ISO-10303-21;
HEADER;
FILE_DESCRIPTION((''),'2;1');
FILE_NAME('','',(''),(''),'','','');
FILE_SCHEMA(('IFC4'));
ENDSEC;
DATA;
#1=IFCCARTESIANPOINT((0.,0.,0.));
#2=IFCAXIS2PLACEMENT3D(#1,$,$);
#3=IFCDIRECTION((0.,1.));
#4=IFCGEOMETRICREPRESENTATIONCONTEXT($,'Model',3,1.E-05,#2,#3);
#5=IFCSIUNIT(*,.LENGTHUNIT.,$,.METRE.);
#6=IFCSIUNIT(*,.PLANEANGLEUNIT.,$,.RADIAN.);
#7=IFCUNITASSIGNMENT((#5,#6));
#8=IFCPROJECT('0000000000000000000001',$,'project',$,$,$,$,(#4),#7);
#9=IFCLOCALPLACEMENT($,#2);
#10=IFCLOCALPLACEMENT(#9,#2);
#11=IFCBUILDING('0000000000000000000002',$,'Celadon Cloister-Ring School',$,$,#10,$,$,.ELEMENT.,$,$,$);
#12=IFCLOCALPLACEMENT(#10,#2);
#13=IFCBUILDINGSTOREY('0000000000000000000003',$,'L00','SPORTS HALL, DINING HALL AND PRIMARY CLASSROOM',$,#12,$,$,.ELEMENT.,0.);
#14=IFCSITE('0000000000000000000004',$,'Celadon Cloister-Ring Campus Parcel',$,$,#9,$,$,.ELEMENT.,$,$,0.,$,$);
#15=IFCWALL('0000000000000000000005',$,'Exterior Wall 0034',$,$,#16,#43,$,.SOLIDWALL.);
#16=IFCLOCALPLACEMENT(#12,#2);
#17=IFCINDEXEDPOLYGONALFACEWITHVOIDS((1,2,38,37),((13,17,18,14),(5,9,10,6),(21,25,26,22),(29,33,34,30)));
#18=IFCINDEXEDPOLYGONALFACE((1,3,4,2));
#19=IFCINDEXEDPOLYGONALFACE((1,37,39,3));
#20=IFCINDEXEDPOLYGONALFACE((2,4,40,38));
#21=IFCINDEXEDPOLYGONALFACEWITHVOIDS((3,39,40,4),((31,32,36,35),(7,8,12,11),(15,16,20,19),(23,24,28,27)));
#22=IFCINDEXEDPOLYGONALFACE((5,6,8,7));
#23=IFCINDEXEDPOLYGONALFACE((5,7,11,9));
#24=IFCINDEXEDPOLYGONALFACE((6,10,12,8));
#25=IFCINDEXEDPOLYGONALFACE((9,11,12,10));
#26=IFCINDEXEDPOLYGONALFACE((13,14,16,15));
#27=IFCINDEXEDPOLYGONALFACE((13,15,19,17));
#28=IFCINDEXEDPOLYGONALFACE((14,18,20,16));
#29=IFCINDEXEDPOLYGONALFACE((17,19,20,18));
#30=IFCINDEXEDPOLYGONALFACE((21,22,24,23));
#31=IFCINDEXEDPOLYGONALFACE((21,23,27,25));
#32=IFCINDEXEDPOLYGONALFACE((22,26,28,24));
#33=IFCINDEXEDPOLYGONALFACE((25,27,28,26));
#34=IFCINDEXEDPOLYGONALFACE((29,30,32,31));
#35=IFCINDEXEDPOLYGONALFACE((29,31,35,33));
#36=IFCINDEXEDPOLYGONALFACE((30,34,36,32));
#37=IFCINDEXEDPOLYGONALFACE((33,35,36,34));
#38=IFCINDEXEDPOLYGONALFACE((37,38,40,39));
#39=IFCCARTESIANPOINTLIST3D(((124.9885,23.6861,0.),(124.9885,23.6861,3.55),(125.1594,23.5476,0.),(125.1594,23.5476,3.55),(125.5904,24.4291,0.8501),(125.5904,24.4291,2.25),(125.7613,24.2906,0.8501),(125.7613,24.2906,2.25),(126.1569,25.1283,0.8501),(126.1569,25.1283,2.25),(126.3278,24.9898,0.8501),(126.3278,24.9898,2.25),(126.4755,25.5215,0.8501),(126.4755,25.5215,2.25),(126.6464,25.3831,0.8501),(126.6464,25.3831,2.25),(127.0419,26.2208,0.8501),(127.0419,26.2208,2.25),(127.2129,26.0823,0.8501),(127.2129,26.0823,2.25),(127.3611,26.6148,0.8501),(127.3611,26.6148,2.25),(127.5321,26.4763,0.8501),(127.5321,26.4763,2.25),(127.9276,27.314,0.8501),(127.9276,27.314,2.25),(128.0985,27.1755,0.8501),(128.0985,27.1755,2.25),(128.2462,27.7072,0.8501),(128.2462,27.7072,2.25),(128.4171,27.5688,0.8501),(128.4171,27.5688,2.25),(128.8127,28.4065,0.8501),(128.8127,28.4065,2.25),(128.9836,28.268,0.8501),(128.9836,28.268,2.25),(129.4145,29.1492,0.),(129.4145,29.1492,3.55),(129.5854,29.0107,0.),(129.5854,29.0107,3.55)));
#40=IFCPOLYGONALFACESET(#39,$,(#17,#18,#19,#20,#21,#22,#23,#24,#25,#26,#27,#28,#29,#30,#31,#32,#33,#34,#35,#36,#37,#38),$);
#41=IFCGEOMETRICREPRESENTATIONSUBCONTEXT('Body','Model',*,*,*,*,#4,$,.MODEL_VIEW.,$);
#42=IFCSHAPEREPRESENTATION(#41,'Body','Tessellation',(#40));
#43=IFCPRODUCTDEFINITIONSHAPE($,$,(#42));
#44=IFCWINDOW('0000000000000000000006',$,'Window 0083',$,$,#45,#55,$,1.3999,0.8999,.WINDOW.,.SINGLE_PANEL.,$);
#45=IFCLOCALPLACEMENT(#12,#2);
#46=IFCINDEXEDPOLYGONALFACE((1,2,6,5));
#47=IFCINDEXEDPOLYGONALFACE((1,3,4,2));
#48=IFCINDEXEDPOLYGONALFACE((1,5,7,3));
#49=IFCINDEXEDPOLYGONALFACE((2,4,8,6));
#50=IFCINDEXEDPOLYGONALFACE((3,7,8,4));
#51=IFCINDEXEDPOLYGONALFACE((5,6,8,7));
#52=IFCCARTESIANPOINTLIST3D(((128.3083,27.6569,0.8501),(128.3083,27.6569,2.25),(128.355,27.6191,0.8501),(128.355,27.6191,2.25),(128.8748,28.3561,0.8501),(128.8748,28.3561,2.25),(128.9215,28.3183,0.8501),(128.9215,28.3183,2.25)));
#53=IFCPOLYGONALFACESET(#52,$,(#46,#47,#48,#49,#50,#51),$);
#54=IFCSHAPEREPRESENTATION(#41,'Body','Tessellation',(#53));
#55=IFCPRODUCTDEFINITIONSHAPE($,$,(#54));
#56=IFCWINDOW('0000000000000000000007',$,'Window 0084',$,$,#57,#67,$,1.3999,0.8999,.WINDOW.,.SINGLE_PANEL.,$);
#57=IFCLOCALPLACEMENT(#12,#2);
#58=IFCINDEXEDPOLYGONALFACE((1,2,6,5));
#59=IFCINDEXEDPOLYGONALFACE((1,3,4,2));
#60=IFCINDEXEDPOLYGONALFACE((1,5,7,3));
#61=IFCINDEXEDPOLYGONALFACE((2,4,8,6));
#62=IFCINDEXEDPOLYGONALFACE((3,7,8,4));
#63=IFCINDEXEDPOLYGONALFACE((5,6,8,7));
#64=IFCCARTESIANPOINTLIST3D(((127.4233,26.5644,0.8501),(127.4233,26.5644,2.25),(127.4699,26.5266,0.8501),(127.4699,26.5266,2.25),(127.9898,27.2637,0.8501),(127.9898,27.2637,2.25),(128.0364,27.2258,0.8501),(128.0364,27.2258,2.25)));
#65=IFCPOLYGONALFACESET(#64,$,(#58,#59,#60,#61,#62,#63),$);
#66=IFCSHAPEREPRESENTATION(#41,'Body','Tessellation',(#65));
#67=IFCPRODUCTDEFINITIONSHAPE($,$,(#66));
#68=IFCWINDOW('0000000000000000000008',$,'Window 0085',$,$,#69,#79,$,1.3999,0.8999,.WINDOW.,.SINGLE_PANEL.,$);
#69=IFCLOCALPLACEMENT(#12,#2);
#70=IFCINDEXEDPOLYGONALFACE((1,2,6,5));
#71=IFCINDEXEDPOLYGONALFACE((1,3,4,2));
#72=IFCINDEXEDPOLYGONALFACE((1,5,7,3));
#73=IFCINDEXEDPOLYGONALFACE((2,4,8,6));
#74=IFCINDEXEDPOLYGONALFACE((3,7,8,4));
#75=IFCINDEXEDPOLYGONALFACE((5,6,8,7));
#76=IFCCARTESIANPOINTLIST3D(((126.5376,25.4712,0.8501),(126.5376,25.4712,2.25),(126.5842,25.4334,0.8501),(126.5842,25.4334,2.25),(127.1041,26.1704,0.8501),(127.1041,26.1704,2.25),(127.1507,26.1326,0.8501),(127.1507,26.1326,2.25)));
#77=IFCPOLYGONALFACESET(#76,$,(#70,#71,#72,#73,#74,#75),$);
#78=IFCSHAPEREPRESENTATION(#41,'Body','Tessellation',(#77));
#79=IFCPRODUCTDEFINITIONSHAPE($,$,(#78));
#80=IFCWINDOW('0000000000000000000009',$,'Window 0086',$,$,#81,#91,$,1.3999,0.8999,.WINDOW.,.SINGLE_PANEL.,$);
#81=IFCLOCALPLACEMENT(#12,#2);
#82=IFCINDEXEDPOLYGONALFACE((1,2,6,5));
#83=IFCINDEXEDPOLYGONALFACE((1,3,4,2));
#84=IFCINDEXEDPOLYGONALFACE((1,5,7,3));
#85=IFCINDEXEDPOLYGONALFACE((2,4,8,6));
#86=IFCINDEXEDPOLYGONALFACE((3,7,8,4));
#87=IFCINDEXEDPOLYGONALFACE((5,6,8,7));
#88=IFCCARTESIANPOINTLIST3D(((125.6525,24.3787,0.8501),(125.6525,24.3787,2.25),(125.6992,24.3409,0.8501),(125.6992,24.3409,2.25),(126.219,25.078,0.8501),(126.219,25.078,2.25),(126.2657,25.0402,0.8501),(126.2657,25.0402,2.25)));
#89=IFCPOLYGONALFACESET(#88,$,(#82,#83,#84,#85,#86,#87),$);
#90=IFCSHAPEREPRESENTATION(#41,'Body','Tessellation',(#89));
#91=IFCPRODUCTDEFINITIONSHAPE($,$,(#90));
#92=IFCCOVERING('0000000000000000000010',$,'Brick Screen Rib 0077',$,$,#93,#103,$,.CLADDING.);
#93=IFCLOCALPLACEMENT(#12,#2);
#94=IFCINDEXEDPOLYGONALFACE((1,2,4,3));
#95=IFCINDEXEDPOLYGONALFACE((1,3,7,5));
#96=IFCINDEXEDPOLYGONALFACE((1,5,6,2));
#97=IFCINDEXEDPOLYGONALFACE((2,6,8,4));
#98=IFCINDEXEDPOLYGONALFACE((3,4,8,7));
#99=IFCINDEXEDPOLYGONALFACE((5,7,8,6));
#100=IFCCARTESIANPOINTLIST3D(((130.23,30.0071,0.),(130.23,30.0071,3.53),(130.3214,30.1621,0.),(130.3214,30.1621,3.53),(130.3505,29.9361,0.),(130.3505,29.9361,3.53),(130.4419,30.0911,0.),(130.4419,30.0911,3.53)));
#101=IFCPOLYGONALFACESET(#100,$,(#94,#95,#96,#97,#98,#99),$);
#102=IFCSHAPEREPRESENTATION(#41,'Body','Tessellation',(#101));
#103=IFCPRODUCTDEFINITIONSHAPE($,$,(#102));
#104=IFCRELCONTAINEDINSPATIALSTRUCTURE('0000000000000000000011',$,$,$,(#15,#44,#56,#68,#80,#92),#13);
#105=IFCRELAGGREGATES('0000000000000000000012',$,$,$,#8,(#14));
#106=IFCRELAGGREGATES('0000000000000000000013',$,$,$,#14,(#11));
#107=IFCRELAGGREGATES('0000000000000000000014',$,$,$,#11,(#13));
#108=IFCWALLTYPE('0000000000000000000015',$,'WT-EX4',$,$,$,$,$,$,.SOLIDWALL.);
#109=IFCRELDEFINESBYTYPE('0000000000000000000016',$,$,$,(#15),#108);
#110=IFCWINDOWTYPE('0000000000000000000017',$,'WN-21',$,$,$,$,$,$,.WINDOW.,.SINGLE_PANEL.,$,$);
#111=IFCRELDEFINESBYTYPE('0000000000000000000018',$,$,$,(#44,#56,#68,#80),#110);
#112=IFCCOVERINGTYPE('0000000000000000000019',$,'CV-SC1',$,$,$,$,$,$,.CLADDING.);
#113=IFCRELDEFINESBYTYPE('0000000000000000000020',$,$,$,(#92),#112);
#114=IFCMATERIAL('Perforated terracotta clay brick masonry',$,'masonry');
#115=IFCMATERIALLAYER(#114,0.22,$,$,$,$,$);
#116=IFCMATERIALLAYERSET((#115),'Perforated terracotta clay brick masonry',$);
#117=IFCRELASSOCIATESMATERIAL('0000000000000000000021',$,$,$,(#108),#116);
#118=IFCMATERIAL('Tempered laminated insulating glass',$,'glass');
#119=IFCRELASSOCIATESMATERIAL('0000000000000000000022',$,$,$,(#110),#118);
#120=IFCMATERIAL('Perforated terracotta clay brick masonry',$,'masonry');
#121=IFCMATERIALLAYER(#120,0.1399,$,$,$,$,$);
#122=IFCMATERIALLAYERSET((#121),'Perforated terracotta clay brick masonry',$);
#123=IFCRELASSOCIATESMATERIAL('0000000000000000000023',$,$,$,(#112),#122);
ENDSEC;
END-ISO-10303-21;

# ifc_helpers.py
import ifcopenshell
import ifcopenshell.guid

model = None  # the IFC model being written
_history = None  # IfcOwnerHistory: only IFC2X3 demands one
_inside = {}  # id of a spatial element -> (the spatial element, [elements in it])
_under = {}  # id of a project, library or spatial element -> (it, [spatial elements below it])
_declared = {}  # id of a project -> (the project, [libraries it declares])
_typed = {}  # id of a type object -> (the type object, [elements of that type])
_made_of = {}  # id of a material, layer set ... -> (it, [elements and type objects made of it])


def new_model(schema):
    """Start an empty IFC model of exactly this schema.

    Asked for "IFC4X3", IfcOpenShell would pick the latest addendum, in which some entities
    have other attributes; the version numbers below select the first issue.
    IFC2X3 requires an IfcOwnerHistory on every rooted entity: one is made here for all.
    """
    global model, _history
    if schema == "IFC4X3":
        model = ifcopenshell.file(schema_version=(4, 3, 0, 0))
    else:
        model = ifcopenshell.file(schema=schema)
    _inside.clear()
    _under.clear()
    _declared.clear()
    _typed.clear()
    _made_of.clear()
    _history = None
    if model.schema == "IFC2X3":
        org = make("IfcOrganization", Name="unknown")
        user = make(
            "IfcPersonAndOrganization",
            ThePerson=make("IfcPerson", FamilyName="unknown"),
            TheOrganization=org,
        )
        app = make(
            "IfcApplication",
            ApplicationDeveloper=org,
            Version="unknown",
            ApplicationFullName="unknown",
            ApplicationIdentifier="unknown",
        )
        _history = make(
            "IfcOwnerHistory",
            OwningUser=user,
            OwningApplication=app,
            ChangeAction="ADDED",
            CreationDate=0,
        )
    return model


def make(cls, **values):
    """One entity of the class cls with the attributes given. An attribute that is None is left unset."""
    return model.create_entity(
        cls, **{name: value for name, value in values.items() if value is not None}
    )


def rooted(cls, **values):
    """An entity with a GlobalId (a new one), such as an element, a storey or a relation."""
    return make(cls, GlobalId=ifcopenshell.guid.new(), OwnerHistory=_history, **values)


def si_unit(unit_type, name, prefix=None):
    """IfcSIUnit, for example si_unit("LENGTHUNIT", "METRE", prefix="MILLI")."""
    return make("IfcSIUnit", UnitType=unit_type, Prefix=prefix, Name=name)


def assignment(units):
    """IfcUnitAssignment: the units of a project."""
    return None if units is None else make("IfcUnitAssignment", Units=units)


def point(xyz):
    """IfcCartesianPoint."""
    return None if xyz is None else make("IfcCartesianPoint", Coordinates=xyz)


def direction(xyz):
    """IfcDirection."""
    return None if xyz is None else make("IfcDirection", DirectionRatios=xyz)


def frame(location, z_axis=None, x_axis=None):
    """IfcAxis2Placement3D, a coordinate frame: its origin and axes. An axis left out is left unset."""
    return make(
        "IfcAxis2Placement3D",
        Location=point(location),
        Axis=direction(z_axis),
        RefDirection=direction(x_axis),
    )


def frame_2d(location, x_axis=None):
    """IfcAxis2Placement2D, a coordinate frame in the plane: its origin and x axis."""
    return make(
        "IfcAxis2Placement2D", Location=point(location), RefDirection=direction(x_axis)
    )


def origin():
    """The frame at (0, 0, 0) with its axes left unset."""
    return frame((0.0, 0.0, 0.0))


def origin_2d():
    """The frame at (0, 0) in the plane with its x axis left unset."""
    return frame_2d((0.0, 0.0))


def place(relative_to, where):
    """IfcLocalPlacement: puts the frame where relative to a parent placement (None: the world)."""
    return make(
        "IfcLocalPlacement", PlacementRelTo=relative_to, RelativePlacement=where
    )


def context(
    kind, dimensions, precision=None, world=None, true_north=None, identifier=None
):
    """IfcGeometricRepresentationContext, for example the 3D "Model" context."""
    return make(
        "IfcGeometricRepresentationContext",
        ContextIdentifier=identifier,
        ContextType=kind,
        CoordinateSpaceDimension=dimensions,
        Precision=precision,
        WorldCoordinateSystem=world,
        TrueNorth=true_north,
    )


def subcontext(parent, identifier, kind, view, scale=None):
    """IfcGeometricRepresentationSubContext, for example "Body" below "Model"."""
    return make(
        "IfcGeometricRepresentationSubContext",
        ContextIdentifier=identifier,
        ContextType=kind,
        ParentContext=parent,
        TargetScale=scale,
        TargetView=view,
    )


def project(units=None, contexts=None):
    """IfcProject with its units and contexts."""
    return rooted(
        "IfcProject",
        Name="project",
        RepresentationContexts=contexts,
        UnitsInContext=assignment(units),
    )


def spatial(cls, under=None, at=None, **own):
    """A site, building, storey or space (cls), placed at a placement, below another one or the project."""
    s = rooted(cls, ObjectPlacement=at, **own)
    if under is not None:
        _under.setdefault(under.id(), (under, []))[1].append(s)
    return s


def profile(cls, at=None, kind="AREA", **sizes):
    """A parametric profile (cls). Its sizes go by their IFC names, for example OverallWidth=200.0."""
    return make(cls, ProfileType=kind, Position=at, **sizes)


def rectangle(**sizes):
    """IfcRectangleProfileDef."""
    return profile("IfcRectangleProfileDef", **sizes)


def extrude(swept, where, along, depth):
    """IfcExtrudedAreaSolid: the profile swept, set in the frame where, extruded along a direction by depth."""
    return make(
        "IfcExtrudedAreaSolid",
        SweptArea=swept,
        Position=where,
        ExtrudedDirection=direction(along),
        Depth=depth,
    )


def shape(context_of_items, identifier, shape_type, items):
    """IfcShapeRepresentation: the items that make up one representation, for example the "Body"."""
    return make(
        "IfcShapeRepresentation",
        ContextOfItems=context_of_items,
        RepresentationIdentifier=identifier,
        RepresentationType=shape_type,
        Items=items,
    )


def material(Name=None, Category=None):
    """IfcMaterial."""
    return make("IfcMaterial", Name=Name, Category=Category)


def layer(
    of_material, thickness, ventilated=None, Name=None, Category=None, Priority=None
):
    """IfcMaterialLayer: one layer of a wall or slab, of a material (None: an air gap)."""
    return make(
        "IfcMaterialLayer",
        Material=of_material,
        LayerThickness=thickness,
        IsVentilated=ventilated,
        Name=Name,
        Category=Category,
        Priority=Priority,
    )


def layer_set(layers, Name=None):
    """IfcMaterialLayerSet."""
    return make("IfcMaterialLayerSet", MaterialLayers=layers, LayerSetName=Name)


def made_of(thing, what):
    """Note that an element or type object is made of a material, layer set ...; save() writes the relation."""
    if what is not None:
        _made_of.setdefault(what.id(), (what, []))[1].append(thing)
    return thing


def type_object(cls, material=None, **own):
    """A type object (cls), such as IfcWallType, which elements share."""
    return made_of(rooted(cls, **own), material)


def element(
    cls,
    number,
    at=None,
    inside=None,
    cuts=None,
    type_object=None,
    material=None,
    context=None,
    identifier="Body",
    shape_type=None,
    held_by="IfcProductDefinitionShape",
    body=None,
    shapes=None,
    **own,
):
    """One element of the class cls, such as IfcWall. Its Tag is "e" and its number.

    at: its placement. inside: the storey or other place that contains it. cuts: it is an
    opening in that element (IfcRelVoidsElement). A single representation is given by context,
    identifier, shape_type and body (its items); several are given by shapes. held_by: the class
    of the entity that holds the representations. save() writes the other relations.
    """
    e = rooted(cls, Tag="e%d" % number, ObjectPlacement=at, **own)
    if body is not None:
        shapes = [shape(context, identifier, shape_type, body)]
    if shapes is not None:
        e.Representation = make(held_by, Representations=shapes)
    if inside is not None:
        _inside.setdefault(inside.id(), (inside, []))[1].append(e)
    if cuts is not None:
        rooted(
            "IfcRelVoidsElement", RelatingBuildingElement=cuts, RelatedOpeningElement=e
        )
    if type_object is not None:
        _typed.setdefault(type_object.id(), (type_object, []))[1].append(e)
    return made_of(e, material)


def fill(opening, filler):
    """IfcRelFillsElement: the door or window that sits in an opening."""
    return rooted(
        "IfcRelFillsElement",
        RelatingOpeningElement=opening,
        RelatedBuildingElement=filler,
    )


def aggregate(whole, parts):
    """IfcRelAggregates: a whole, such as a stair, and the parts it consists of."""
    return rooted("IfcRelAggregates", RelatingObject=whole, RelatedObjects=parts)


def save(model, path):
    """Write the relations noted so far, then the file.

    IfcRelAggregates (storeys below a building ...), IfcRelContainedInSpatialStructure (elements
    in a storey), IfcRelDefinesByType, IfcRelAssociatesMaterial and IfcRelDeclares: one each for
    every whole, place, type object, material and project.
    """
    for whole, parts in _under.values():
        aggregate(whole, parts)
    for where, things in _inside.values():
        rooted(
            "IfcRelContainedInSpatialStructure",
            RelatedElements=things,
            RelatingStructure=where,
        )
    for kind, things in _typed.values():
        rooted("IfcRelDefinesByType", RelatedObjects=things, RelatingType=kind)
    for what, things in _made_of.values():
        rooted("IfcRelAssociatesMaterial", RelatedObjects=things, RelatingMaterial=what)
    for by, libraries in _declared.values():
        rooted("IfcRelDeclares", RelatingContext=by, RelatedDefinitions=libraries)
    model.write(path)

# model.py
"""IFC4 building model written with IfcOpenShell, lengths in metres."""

from ifc_helpers import new_model, si_unit, direction, frame, frame_2d, origin, origin_2d, place, context, subcontext, project, spatial, rectangle, extrude, material, layer, layer_set, type_object, element, fill, save


model = new_model("IFC4")

# Units and contexts
model_context = context("Model", 3, precision=1e-05, world=origin(), true_north=direction((0.0, 1.0)))
body_context = subcontext(model_context, "Body", "Model", "MODEL_VIEW")
ifc_project = project(units=[si_unit("LENGTHUNIT", "METRE"), si_unit("PLANEANGLEUNIT", "RADIAN")], contexts=[model_context])

# Site, building, storey
site_placement = place(None, origin())
site = spatial("IfcSite", under=ifc_project, at=site_placement, Name="Celadon Cloister-Ring Campus Parcel", CompositionType="ELEMENT", RefElevation=0.0)
building_placement = place(site_placement, origin())
building = spatial("IfcBuilding", under=site, at=building_placement, Name="Celadon Cloister-Ring School", CompositionType="ELEMENT")
storey_placement = place(building_placement, origin())
storey = spatial("IfcBuildingStorey", under=building, at=storey_placement, Name="L00", Description="SPORTS HALL, DINING HALL AND PRIMARY CLASSROOM", CompositionType="ELEMENT", Elevation=0.0)

# Wall, openings, windows
ifc_material_1 = material(Name="Perforated terracotta clay brick masonry", Category="masonry")
ifc_layer_1 = layer(ifc_material_1, 0.22)
ifc_layer_set_1 = layer_set([ifc_layer_1], Name="Perforated terracotta clay brick masonry")
wall_type = type_object("IfcWallType", Name="WT-EX4", PredefinedType="SOLIDWALL", material=ifc_layer_set_1)
wall_placement = place(storey_placement, frame((129.5, 29.0801, 0.0), z_axis=(0.0, 0.0, 1.0), x_axis=(-0.629498, -0.777002, 0.0)))
wall = element("IfcWall", 1, at=wall_placement, inside=storey, type_object=wall_type, Name="Exterior Wall 0034", PredefinedType="SOLIDWALL", context=body_context, shape_type="SweptSolid", body=[
    extrude(rectangle(XDim=7.031, YDim=0.22, at=frame_2d((3.5156, 0.0))), origin(), (0.0, 0.0, 1.0), 3.55),
])
opening_1_placement = place(wall_placement, frame((0.9561, 0.0, 0.8501)))
opening_1 = element("IfcOpeningElement", 2, at=opening_1_placement, cuts=wall, PredefinedType="OPENING", context=body_context, shape_type="SweptSolid", body=[
    extrude(rectangle(XDim=0.8999, YDim=1.3999, at=frame_2d((0.45, 0.7))), frame((0.0, 0.1201, 0.0), z_axis=(0.0, -1.0, 0.0), x_axis=(1.0, 0.0, 0.0)), (0.0, 0.0, 1.0), 0.24),
])
opening_2_placement = place(wall_placement, frame((2.3621, 0.0, 0.8501)))
opening_2 = element("IfcOpeningElement", 3, at=opening_2_placement, cuts=wall, PredefinedType="OPENING", context=body_context, shape_type="SweptSolid", body=[
    extrude(rectangle(XDim=0.8999, YDim=1.3999, at=frame_2d((0.45, 0.7))), frame((0.0, 0.1201, 0.0), z_axis=(0.0, -1.0, 0.0), x_axis=(1.0, 0.0, 0.0)), (0.0, 0.0, 1.0), 0.24),
])
opening_3_placement = place(wall_placement, frame((3.769, 0.0, 0.8501)))
opening_3 = element("IfcOpeningElement", 4, at=opening_3_placement, cuts=wall, PredefinedType="OPENING", context=body_context, shape_type="SweptSolid", body=[
    extrude(rectangle(XDim=0.8999, YDim=1.3999, at=frame_2d((0.45, 0.7))), frame((0.0, 0.1201, 0.0), z_axis=(0.0, -1.0, 0.0), x_axis=(1.0, 0.0, 0.0)), (0.0, 0.0, 1.0), 0.24),
])
opening_4_placement = place(wall_placement, frame((5.175, 0.0, 0.8501)))
opening_4 = element("IfcOpeningElement", 5, at=opening_4_placement, cuts=wall, PredefinedType="OPENING", context=body_context, shape_type="SweptSolid", body=[
    extrude(rectangle(XDim=0.8999, YDim=1.3999, at=frame_2d((0.45, 0.7))), frame((0.0, 0.1201, 0.0), z_axis=(0.0, -1.0, 0.0), x_axis=(1.0, 0.0, 0.0)), (0.0, 0.0, 1.0), 0.24),
])
ifc_material_2 = material(Name="Tempered laminated insulating glass", Category="glass")
window_type = type_object("IfcWindowType", Name="WN-21", PartitioningType="SINGLE_PANEL", PredefinedType="WINDOW", material=ifc_material_2)
window_1_placement = place(opening_1_placement, origin())
window_1 = element("IfcWindow", 6, at=window_1_placement, inside=storey, type_object=window_type, Name="Window 0083", OverallHeight=1.3999, OverallWidth=0.8999, PartitioningType="SINGLE_PANEL", PredefinedType="WINDOW", context=body_context, shape_type="SweptSolid", body=[
    extrude(rectangle(XDim=0.8999, YDim=1.3999, at=frame_2d((0.45, 0.7))), frame((0.0, 0.03, 0.0), z_axis=(0.0, -1.0, 0.0), x_axis=(1.0, 0.0, 0.0)), (0.0, 0.0, 1.0), 0.0601),
])
fill(opening_1, window_1)
window_2_placement = place(opening_2_placement, origin())
window_2 = element("IfcWindow", 7, at=window_2_placement, inside=storey, type_object=window_type, Name="Window 0084", OverallHeight=1.3999, OverallWidth=0.8999, PartitioningType="SINGLE_PANEL", PredefinedType="WINDOW", context=body_context, shape_type="SweptSolid", body=[
    extrude(rectangle(XDim=0.8999, YDim=1.3999, at=frame_2d((0.45, 0.7))), frame((0.0, 0.03, 0.0), z_axis=(0.0, -1.0, 0.0), x_axis=(1.0, 0.0, 0.0)), (0.0, 0.0, 1.0), 0.0601),
])
fill(opening_2, window_2)
window_3_placement = place(opening_3_placement, origin())
window_3 = element("IfcWindow", 8, at=window_3_placement, inside=storey, type_object=window_type, Name="Window 0085", OverallHeight=1.3999, OverallWidth=0.8999, PartitioningType="SINGLE_PANEL", PredefinedType="WINDOW", context=body_context, shape_type="SweptSolid", body=[
    extrude(rectangle(XDim=0.8999, YDim=1.3999, at=frame_2d((0.45, 0.7))), frame((0.0, 0.03, 0.0), z_axis=(0.0, -1.0, 0.0), x_axis=(1.0, 0.0, 0.0)), (0.0, 0.0, 1.0), 0.0601),
])
fill(opening_3, window_3)
window_4_placement = place(opening_4_placement, origin())
window_4 = element("IfcWindow", 9, at=window_4_placement, inside=storey, type_object=window_type, Name="Window 0086", OverallHeight=1.3999, OverallWidth=0.8999, PartitioningType="SINGLE_PANEL", PredefinedType="WINDOW", context=body_context, shape_type="SweptSolid", body=[
    extrude(rectangle(XDim=0.8999, YDim=1.3999, at=frame_2d((0.45, 0.7))), frame((0.0, 0.03, 0.0), z_axis=(0.0, -1.0, 0.0), x_axis=(1.0, 0.0, 0.0)), (0.0, 0.0, 1.0), 0.0601),
])
fill(opening_4, window_4)

# Covering
ifc_material_3 = material(Name="Perforated terracotta clay brick masonry", Category="masonry")
ifc_layer_2 = layer(ifc_material_3, 0.1399)
ifc_layer_set_2 = layer_set([ifc_layer_2], Name="Perforated terracotta clay brick masonry")
covering_type = type_object("IfcCoveringType", Name="CV-SC1", PredefinedType="CLADDING", material=ifc_layer_set_2)
covering_placement = place(storey_placement, frame((130.3359, 30.0491, 0.0), z_axis=(0.0, 0.0, 1.0), x_axis=(-0.507809, -0.86147, 0.0)))
element("IfcCovering", 10, at=covering_placement, inside=storey, type_object=covering_type, Name="Brick Screen Rib 0077", PredefinedType="CLADDING", context=body_context, shape_type="SweptSolid", body=[
    extrude(rectangle(XDim=0.1799, YDim=0.1399, at=origin_2d()), origin(), (0.0, 0.0, 1.0), 3.53),
])

save(model, "model.ifc")
